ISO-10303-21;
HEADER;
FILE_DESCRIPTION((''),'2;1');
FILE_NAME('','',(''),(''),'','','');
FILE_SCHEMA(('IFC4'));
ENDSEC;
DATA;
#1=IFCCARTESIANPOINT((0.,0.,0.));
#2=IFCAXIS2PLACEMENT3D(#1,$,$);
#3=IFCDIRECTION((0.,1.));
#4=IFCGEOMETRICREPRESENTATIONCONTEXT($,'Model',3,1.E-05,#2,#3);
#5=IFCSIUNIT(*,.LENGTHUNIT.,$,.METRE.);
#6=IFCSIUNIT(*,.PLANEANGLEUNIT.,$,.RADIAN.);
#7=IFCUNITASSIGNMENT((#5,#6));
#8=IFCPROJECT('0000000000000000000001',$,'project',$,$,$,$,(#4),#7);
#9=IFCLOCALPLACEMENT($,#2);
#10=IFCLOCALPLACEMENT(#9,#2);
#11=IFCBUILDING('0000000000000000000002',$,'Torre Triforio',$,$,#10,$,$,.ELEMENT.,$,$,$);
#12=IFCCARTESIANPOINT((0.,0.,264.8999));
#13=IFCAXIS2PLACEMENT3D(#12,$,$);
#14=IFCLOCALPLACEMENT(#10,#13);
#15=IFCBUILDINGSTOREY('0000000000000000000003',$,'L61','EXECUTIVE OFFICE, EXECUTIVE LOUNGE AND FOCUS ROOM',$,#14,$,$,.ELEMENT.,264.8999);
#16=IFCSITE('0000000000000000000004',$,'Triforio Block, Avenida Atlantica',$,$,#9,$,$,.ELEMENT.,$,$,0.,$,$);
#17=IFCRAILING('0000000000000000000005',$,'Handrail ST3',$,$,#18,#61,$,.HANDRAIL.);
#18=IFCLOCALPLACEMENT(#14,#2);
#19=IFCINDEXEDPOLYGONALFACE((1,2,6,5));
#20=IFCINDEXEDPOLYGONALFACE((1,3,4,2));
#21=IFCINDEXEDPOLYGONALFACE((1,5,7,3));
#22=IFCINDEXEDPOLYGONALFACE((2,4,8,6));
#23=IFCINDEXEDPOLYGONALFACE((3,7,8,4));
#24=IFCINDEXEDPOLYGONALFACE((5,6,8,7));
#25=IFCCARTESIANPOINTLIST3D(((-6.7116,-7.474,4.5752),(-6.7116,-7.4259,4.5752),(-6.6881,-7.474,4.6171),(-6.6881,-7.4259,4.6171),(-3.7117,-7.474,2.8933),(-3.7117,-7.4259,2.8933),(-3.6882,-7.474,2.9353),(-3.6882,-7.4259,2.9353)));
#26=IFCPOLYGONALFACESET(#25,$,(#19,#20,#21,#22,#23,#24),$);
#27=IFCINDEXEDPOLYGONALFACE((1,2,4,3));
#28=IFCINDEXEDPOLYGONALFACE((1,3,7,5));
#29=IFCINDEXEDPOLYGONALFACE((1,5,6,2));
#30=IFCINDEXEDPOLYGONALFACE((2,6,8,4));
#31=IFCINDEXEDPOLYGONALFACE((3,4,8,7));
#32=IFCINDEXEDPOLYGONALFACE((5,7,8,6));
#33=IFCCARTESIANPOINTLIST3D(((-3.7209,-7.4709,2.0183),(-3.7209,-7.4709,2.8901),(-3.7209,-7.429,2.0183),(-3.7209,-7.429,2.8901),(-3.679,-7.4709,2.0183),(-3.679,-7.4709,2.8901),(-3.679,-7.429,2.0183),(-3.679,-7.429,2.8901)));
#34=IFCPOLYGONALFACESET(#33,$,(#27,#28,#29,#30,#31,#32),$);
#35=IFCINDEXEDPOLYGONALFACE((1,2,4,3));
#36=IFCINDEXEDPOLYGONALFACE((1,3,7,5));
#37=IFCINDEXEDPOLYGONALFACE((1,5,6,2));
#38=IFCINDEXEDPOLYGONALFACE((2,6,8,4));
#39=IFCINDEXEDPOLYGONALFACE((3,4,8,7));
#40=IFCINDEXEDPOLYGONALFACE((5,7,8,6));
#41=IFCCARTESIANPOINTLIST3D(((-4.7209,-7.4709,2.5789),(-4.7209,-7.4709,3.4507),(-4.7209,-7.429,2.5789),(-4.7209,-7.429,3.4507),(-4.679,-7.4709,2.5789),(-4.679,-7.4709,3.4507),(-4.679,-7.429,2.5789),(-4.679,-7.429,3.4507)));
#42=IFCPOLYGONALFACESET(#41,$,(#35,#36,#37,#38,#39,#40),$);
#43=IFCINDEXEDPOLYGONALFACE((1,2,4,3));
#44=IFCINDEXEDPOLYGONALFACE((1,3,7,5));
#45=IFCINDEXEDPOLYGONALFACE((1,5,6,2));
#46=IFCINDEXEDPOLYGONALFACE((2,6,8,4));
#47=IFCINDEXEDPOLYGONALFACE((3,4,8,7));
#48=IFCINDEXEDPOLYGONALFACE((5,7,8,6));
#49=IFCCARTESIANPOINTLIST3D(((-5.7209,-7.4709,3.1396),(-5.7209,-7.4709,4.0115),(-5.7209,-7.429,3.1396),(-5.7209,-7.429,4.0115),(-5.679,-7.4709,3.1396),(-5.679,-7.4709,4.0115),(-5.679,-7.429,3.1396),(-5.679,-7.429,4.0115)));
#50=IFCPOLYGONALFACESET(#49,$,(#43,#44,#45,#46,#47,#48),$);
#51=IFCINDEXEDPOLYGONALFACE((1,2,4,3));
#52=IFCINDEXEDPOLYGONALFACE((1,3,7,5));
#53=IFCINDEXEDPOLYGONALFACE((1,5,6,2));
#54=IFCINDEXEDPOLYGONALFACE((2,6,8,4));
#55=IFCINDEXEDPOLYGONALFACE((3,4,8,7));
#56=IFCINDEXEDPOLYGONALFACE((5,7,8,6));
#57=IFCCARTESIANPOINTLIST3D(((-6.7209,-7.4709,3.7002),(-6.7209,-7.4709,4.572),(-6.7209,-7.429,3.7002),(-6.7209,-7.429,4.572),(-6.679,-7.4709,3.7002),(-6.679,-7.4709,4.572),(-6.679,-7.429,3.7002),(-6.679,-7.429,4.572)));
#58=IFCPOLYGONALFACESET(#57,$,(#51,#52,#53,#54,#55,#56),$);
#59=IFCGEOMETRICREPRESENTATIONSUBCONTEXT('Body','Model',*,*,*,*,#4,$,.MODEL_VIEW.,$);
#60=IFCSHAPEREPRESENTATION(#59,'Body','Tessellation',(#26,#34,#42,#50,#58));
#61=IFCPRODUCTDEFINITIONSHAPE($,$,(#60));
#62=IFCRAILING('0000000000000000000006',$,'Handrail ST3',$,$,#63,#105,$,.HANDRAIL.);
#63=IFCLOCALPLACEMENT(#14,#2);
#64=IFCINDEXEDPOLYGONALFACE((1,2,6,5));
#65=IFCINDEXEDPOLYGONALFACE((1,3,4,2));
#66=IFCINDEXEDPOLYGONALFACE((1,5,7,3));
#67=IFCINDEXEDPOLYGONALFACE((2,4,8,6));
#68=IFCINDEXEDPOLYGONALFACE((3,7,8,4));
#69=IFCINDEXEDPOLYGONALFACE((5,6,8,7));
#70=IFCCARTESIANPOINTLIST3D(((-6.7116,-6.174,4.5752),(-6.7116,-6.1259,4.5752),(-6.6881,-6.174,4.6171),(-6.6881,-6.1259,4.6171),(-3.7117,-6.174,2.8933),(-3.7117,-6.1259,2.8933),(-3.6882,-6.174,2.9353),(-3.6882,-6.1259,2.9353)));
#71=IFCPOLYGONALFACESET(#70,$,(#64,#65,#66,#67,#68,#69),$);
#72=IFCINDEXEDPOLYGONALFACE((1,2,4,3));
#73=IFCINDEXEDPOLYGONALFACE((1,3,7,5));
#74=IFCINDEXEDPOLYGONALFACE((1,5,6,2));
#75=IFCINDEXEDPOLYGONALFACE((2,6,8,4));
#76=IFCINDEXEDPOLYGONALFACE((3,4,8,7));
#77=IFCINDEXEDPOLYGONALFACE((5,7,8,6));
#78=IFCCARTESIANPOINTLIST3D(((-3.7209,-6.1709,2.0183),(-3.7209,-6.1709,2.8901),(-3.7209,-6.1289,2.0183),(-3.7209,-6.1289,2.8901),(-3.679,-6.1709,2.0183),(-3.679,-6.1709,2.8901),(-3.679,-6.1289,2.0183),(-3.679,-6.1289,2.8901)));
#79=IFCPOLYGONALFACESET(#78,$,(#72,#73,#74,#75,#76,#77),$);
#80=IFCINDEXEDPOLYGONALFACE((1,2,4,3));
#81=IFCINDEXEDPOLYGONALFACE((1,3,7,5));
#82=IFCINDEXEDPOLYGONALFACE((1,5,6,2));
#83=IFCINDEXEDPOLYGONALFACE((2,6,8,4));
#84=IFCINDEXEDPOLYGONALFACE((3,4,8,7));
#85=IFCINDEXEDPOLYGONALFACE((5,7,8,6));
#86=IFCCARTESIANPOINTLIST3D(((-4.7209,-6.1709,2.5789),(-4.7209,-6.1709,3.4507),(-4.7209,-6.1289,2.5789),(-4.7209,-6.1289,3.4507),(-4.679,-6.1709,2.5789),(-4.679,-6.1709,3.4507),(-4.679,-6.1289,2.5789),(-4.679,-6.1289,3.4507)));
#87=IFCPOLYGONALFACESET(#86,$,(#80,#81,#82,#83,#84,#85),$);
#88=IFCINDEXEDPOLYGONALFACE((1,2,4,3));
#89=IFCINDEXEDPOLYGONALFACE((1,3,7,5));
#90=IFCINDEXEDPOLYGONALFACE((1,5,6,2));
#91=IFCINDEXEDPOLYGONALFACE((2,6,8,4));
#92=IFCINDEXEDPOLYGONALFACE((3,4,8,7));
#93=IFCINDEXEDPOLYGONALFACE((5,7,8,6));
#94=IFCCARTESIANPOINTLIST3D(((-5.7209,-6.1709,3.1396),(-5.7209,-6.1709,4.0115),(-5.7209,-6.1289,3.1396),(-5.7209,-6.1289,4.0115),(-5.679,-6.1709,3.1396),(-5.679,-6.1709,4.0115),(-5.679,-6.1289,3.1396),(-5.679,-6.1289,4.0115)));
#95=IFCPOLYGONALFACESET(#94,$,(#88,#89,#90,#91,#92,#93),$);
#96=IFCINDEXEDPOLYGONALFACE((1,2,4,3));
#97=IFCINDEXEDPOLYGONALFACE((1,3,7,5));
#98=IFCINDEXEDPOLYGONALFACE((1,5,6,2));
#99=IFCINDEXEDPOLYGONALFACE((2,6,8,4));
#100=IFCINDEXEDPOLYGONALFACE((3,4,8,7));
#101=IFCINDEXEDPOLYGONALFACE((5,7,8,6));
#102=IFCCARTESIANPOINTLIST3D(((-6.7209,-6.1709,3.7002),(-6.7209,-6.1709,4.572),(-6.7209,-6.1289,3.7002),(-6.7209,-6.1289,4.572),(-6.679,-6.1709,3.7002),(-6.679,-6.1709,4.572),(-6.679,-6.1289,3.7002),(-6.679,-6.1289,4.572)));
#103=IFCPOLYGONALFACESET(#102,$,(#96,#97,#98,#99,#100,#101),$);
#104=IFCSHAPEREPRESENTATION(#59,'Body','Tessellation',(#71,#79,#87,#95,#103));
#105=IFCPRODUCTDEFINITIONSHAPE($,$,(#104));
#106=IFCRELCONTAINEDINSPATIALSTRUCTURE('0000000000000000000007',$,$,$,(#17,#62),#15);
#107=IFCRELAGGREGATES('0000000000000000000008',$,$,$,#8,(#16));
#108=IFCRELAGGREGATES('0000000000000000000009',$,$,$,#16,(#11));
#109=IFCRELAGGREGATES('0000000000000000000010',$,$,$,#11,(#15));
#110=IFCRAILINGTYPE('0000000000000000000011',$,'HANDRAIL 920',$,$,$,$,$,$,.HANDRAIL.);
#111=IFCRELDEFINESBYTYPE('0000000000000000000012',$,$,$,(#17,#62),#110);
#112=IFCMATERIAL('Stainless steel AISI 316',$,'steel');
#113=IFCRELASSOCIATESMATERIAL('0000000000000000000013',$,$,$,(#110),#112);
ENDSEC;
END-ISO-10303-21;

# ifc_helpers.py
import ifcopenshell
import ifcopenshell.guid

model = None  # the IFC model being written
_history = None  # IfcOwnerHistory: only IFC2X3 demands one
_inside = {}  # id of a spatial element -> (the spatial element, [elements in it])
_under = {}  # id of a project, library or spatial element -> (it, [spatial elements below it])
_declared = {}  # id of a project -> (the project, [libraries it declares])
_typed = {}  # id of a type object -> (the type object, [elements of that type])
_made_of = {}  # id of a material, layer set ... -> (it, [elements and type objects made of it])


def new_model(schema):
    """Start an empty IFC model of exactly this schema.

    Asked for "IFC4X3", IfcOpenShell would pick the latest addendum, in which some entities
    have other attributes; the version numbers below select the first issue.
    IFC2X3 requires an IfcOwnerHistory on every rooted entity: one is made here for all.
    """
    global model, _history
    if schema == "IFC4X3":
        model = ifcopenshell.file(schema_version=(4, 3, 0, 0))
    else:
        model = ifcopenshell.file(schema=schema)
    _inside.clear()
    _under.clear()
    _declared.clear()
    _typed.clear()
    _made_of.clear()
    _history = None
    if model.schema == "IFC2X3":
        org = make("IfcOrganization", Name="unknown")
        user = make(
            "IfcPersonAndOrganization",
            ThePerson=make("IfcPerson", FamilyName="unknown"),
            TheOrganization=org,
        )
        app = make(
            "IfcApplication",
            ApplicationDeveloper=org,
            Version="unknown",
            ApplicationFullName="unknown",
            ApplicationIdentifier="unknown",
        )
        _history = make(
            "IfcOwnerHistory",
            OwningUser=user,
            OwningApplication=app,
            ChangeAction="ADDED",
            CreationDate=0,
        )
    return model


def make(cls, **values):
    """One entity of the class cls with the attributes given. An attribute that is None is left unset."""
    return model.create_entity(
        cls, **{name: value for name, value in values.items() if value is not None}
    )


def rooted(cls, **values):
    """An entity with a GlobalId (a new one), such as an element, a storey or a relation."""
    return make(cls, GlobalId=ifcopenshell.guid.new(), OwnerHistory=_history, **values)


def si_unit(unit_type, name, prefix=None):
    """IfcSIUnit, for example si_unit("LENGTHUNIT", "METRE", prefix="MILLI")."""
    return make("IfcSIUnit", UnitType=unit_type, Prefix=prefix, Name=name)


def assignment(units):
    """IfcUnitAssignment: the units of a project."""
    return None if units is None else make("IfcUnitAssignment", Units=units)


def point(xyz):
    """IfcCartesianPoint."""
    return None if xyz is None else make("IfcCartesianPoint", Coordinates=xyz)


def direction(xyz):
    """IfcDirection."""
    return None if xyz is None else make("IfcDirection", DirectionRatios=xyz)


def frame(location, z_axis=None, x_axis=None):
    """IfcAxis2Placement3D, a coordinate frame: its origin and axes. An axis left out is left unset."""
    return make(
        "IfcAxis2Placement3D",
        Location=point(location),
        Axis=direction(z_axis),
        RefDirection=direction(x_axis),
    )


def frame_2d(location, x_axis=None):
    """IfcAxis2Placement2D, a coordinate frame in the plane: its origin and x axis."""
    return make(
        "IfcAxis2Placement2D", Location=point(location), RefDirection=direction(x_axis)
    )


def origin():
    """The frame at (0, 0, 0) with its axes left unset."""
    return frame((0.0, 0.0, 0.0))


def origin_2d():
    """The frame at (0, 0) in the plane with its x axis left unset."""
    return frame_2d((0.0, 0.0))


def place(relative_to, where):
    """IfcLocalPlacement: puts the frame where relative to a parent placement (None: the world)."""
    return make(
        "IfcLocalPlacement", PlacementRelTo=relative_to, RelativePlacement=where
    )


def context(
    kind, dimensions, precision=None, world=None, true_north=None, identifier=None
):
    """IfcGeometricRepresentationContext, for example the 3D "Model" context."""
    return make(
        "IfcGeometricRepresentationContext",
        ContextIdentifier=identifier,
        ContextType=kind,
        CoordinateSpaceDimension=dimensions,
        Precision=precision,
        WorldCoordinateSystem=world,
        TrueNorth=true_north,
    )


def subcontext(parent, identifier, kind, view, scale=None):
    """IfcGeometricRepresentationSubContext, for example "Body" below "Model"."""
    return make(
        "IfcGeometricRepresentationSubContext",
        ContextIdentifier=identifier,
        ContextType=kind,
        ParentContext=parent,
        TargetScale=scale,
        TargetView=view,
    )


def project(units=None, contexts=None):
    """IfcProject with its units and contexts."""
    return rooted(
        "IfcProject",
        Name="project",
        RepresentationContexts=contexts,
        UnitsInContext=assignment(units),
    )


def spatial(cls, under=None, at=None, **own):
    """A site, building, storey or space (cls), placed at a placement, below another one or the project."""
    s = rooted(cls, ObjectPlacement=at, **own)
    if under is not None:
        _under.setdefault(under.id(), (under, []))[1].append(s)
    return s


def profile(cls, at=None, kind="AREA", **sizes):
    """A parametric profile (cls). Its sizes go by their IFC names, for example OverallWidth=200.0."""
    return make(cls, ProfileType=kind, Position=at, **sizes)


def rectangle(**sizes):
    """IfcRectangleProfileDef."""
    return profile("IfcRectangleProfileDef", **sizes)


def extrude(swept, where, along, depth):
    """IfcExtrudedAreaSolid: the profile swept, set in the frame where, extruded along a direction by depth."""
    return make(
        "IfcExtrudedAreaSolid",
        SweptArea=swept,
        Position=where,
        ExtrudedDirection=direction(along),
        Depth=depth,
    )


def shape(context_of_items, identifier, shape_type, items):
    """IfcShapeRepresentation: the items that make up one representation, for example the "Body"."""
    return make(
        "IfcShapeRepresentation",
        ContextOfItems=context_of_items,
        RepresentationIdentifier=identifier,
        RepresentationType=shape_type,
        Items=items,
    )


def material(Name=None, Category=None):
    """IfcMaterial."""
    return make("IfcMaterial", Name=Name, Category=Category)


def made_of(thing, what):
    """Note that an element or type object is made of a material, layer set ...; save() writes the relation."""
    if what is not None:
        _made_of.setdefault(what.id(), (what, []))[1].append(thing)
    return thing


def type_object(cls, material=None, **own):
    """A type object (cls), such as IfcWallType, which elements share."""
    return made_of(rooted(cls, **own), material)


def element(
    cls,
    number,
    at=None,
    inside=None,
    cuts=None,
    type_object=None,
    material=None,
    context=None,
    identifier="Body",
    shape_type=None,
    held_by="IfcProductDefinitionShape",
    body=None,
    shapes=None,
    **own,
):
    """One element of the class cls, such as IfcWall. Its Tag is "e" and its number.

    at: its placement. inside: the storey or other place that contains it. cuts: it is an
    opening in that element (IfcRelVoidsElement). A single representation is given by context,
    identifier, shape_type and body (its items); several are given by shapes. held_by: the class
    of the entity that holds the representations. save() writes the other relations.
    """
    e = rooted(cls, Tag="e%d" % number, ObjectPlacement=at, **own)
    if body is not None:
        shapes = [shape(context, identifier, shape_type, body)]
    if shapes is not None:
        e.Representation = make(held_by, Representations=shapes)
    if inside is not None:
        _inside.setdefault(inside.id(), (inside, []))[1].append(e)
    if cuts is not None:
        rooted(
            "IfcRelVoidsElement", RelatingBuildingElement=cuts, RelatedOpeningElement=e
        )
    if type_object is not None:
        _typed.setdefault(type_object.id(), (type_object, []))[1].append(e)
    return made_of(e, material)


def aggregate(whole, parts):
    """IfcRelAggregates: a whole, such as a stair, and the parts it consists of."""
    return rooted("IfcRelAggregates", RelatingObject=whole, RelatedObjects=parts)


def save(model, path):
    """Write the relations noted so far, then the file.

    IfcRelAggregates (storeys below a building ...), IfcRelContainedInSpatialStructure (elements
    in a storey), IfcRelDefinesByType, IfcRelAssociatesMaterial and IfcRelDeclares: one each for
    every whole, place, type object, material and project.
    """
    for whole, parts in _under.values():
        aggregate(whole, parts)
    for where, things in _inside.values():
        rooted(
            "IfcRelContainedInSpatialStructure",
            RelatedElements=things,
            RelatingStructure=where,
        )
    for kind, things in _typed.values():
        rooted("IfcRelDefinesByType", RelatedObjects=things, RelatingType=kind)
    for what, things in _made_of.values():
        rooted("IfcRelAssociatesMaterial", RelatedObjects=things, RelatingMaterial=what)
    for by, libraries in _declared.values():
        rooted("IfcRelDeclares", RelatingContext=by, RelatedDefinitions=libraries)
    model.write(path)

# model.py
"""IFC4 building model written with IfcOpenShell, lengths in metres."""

from ifc_helpers import new_model, si_unit, direction, frame, origin, origin_2d, place, context, subcontext, project, spatial, rectangle, extrude, material, type_object, element, save


model = new_model("IFC4")

# Units and contexts
model_context = context("Model", 3, precision=1e-05, world=origin(), true_north=direction((0.0, 1.0)))
body_context = subcontext(model_context, "Body", "Model", "MODEL_VIEW")
ifc_project = project(units=[si_unit("LENGTHUNIT", "METRE"), si_unit("PLANEANGLEUNIT", "RADIAN")], contexts=[model_context])

# Site, building, storey
site_placement = place(None, origin())
site = spatial("IfcSite", under=ifc_project, at=site_placement, Name="Triforio Block, Avenida Atlantica", CompositionType="ELEMENT", RefElevation=0.0)
building_placement = place(site_placement, origin())
building = spatial("IfcBuilding", under=site, at=building_placement, Name="Torre Triforio", CompositionType="ELEMENT")
storey_placement = place(building_placement, frame((0.0, 0.0, 264.8999)))
storey = spatial("IfcBuildingStorey", under=building, at=storey_placement, Name="L61", Description="EXECUTIVE OFFICE, EXECUTIVE LOUNGE AND FOCUS ROOM", CompositionType="ELEMENT", Elevation=264.8999)

# Railings
ifc_material_1 = material(Name="Stainless steel AISI 316", Category="steel")
railing_type = type_object("IfcRailingType", Name="HANDRAIL 920", PredefinedType="HANDRAIL", material=ifc_material_1)
for number, where, name in (
    (1, (-3.7, -7.45, 2.0183), "Handrail ST3"),
    (2, (-3.7, -6.1499, 2.0183), "Handrail ST3"),
):
    element("IfcRailing", number, at=place(storey_placement, frame(where)), inside=storey, type_object=railing_type, Name=name, PredefinedType="HANDRAIL", context=body_context, shape_type="SweptSolid", body=[
        extrude(rectangle(XDim=0.0481, YDim=0.0481, at=origin_2d()), frame((0.0, 0.0, 0.896), z_axis=(-0.872272, 0.0, 0.48902), x_axis=(0.0, -1.0, 0.0)), (0.0, 0.0, 1.0), 3.4392),
        extrude(rectangle(XDim=0.042, YDim=0.042, at=origin_2d()), origin(), (0.0, 0.0, 1.0), 0.8718),
        extrude(rectangle(XDim=0.042, YDim=0.042, at=origin_2d()), frame((-1.0, 0.0, 0.5605)), (0.0, 0.0, 1.0), 0.8718),
        extrude(rectangle(XDim=0.042, YDim=0.042, at=origin_2d()), frame((-2.0, 0.0, 1.1213)), (0.0, 0.0, 1.0), 0.8718),
        extrude(rectangle(XDim=0.042, YDim=0.042, at=origin_2d()), frame((-3.0, 0.0, 1.6819)), (0.0, 0.0, 1.0), 0.8718),
    ])

save(model, "model.ifc")
